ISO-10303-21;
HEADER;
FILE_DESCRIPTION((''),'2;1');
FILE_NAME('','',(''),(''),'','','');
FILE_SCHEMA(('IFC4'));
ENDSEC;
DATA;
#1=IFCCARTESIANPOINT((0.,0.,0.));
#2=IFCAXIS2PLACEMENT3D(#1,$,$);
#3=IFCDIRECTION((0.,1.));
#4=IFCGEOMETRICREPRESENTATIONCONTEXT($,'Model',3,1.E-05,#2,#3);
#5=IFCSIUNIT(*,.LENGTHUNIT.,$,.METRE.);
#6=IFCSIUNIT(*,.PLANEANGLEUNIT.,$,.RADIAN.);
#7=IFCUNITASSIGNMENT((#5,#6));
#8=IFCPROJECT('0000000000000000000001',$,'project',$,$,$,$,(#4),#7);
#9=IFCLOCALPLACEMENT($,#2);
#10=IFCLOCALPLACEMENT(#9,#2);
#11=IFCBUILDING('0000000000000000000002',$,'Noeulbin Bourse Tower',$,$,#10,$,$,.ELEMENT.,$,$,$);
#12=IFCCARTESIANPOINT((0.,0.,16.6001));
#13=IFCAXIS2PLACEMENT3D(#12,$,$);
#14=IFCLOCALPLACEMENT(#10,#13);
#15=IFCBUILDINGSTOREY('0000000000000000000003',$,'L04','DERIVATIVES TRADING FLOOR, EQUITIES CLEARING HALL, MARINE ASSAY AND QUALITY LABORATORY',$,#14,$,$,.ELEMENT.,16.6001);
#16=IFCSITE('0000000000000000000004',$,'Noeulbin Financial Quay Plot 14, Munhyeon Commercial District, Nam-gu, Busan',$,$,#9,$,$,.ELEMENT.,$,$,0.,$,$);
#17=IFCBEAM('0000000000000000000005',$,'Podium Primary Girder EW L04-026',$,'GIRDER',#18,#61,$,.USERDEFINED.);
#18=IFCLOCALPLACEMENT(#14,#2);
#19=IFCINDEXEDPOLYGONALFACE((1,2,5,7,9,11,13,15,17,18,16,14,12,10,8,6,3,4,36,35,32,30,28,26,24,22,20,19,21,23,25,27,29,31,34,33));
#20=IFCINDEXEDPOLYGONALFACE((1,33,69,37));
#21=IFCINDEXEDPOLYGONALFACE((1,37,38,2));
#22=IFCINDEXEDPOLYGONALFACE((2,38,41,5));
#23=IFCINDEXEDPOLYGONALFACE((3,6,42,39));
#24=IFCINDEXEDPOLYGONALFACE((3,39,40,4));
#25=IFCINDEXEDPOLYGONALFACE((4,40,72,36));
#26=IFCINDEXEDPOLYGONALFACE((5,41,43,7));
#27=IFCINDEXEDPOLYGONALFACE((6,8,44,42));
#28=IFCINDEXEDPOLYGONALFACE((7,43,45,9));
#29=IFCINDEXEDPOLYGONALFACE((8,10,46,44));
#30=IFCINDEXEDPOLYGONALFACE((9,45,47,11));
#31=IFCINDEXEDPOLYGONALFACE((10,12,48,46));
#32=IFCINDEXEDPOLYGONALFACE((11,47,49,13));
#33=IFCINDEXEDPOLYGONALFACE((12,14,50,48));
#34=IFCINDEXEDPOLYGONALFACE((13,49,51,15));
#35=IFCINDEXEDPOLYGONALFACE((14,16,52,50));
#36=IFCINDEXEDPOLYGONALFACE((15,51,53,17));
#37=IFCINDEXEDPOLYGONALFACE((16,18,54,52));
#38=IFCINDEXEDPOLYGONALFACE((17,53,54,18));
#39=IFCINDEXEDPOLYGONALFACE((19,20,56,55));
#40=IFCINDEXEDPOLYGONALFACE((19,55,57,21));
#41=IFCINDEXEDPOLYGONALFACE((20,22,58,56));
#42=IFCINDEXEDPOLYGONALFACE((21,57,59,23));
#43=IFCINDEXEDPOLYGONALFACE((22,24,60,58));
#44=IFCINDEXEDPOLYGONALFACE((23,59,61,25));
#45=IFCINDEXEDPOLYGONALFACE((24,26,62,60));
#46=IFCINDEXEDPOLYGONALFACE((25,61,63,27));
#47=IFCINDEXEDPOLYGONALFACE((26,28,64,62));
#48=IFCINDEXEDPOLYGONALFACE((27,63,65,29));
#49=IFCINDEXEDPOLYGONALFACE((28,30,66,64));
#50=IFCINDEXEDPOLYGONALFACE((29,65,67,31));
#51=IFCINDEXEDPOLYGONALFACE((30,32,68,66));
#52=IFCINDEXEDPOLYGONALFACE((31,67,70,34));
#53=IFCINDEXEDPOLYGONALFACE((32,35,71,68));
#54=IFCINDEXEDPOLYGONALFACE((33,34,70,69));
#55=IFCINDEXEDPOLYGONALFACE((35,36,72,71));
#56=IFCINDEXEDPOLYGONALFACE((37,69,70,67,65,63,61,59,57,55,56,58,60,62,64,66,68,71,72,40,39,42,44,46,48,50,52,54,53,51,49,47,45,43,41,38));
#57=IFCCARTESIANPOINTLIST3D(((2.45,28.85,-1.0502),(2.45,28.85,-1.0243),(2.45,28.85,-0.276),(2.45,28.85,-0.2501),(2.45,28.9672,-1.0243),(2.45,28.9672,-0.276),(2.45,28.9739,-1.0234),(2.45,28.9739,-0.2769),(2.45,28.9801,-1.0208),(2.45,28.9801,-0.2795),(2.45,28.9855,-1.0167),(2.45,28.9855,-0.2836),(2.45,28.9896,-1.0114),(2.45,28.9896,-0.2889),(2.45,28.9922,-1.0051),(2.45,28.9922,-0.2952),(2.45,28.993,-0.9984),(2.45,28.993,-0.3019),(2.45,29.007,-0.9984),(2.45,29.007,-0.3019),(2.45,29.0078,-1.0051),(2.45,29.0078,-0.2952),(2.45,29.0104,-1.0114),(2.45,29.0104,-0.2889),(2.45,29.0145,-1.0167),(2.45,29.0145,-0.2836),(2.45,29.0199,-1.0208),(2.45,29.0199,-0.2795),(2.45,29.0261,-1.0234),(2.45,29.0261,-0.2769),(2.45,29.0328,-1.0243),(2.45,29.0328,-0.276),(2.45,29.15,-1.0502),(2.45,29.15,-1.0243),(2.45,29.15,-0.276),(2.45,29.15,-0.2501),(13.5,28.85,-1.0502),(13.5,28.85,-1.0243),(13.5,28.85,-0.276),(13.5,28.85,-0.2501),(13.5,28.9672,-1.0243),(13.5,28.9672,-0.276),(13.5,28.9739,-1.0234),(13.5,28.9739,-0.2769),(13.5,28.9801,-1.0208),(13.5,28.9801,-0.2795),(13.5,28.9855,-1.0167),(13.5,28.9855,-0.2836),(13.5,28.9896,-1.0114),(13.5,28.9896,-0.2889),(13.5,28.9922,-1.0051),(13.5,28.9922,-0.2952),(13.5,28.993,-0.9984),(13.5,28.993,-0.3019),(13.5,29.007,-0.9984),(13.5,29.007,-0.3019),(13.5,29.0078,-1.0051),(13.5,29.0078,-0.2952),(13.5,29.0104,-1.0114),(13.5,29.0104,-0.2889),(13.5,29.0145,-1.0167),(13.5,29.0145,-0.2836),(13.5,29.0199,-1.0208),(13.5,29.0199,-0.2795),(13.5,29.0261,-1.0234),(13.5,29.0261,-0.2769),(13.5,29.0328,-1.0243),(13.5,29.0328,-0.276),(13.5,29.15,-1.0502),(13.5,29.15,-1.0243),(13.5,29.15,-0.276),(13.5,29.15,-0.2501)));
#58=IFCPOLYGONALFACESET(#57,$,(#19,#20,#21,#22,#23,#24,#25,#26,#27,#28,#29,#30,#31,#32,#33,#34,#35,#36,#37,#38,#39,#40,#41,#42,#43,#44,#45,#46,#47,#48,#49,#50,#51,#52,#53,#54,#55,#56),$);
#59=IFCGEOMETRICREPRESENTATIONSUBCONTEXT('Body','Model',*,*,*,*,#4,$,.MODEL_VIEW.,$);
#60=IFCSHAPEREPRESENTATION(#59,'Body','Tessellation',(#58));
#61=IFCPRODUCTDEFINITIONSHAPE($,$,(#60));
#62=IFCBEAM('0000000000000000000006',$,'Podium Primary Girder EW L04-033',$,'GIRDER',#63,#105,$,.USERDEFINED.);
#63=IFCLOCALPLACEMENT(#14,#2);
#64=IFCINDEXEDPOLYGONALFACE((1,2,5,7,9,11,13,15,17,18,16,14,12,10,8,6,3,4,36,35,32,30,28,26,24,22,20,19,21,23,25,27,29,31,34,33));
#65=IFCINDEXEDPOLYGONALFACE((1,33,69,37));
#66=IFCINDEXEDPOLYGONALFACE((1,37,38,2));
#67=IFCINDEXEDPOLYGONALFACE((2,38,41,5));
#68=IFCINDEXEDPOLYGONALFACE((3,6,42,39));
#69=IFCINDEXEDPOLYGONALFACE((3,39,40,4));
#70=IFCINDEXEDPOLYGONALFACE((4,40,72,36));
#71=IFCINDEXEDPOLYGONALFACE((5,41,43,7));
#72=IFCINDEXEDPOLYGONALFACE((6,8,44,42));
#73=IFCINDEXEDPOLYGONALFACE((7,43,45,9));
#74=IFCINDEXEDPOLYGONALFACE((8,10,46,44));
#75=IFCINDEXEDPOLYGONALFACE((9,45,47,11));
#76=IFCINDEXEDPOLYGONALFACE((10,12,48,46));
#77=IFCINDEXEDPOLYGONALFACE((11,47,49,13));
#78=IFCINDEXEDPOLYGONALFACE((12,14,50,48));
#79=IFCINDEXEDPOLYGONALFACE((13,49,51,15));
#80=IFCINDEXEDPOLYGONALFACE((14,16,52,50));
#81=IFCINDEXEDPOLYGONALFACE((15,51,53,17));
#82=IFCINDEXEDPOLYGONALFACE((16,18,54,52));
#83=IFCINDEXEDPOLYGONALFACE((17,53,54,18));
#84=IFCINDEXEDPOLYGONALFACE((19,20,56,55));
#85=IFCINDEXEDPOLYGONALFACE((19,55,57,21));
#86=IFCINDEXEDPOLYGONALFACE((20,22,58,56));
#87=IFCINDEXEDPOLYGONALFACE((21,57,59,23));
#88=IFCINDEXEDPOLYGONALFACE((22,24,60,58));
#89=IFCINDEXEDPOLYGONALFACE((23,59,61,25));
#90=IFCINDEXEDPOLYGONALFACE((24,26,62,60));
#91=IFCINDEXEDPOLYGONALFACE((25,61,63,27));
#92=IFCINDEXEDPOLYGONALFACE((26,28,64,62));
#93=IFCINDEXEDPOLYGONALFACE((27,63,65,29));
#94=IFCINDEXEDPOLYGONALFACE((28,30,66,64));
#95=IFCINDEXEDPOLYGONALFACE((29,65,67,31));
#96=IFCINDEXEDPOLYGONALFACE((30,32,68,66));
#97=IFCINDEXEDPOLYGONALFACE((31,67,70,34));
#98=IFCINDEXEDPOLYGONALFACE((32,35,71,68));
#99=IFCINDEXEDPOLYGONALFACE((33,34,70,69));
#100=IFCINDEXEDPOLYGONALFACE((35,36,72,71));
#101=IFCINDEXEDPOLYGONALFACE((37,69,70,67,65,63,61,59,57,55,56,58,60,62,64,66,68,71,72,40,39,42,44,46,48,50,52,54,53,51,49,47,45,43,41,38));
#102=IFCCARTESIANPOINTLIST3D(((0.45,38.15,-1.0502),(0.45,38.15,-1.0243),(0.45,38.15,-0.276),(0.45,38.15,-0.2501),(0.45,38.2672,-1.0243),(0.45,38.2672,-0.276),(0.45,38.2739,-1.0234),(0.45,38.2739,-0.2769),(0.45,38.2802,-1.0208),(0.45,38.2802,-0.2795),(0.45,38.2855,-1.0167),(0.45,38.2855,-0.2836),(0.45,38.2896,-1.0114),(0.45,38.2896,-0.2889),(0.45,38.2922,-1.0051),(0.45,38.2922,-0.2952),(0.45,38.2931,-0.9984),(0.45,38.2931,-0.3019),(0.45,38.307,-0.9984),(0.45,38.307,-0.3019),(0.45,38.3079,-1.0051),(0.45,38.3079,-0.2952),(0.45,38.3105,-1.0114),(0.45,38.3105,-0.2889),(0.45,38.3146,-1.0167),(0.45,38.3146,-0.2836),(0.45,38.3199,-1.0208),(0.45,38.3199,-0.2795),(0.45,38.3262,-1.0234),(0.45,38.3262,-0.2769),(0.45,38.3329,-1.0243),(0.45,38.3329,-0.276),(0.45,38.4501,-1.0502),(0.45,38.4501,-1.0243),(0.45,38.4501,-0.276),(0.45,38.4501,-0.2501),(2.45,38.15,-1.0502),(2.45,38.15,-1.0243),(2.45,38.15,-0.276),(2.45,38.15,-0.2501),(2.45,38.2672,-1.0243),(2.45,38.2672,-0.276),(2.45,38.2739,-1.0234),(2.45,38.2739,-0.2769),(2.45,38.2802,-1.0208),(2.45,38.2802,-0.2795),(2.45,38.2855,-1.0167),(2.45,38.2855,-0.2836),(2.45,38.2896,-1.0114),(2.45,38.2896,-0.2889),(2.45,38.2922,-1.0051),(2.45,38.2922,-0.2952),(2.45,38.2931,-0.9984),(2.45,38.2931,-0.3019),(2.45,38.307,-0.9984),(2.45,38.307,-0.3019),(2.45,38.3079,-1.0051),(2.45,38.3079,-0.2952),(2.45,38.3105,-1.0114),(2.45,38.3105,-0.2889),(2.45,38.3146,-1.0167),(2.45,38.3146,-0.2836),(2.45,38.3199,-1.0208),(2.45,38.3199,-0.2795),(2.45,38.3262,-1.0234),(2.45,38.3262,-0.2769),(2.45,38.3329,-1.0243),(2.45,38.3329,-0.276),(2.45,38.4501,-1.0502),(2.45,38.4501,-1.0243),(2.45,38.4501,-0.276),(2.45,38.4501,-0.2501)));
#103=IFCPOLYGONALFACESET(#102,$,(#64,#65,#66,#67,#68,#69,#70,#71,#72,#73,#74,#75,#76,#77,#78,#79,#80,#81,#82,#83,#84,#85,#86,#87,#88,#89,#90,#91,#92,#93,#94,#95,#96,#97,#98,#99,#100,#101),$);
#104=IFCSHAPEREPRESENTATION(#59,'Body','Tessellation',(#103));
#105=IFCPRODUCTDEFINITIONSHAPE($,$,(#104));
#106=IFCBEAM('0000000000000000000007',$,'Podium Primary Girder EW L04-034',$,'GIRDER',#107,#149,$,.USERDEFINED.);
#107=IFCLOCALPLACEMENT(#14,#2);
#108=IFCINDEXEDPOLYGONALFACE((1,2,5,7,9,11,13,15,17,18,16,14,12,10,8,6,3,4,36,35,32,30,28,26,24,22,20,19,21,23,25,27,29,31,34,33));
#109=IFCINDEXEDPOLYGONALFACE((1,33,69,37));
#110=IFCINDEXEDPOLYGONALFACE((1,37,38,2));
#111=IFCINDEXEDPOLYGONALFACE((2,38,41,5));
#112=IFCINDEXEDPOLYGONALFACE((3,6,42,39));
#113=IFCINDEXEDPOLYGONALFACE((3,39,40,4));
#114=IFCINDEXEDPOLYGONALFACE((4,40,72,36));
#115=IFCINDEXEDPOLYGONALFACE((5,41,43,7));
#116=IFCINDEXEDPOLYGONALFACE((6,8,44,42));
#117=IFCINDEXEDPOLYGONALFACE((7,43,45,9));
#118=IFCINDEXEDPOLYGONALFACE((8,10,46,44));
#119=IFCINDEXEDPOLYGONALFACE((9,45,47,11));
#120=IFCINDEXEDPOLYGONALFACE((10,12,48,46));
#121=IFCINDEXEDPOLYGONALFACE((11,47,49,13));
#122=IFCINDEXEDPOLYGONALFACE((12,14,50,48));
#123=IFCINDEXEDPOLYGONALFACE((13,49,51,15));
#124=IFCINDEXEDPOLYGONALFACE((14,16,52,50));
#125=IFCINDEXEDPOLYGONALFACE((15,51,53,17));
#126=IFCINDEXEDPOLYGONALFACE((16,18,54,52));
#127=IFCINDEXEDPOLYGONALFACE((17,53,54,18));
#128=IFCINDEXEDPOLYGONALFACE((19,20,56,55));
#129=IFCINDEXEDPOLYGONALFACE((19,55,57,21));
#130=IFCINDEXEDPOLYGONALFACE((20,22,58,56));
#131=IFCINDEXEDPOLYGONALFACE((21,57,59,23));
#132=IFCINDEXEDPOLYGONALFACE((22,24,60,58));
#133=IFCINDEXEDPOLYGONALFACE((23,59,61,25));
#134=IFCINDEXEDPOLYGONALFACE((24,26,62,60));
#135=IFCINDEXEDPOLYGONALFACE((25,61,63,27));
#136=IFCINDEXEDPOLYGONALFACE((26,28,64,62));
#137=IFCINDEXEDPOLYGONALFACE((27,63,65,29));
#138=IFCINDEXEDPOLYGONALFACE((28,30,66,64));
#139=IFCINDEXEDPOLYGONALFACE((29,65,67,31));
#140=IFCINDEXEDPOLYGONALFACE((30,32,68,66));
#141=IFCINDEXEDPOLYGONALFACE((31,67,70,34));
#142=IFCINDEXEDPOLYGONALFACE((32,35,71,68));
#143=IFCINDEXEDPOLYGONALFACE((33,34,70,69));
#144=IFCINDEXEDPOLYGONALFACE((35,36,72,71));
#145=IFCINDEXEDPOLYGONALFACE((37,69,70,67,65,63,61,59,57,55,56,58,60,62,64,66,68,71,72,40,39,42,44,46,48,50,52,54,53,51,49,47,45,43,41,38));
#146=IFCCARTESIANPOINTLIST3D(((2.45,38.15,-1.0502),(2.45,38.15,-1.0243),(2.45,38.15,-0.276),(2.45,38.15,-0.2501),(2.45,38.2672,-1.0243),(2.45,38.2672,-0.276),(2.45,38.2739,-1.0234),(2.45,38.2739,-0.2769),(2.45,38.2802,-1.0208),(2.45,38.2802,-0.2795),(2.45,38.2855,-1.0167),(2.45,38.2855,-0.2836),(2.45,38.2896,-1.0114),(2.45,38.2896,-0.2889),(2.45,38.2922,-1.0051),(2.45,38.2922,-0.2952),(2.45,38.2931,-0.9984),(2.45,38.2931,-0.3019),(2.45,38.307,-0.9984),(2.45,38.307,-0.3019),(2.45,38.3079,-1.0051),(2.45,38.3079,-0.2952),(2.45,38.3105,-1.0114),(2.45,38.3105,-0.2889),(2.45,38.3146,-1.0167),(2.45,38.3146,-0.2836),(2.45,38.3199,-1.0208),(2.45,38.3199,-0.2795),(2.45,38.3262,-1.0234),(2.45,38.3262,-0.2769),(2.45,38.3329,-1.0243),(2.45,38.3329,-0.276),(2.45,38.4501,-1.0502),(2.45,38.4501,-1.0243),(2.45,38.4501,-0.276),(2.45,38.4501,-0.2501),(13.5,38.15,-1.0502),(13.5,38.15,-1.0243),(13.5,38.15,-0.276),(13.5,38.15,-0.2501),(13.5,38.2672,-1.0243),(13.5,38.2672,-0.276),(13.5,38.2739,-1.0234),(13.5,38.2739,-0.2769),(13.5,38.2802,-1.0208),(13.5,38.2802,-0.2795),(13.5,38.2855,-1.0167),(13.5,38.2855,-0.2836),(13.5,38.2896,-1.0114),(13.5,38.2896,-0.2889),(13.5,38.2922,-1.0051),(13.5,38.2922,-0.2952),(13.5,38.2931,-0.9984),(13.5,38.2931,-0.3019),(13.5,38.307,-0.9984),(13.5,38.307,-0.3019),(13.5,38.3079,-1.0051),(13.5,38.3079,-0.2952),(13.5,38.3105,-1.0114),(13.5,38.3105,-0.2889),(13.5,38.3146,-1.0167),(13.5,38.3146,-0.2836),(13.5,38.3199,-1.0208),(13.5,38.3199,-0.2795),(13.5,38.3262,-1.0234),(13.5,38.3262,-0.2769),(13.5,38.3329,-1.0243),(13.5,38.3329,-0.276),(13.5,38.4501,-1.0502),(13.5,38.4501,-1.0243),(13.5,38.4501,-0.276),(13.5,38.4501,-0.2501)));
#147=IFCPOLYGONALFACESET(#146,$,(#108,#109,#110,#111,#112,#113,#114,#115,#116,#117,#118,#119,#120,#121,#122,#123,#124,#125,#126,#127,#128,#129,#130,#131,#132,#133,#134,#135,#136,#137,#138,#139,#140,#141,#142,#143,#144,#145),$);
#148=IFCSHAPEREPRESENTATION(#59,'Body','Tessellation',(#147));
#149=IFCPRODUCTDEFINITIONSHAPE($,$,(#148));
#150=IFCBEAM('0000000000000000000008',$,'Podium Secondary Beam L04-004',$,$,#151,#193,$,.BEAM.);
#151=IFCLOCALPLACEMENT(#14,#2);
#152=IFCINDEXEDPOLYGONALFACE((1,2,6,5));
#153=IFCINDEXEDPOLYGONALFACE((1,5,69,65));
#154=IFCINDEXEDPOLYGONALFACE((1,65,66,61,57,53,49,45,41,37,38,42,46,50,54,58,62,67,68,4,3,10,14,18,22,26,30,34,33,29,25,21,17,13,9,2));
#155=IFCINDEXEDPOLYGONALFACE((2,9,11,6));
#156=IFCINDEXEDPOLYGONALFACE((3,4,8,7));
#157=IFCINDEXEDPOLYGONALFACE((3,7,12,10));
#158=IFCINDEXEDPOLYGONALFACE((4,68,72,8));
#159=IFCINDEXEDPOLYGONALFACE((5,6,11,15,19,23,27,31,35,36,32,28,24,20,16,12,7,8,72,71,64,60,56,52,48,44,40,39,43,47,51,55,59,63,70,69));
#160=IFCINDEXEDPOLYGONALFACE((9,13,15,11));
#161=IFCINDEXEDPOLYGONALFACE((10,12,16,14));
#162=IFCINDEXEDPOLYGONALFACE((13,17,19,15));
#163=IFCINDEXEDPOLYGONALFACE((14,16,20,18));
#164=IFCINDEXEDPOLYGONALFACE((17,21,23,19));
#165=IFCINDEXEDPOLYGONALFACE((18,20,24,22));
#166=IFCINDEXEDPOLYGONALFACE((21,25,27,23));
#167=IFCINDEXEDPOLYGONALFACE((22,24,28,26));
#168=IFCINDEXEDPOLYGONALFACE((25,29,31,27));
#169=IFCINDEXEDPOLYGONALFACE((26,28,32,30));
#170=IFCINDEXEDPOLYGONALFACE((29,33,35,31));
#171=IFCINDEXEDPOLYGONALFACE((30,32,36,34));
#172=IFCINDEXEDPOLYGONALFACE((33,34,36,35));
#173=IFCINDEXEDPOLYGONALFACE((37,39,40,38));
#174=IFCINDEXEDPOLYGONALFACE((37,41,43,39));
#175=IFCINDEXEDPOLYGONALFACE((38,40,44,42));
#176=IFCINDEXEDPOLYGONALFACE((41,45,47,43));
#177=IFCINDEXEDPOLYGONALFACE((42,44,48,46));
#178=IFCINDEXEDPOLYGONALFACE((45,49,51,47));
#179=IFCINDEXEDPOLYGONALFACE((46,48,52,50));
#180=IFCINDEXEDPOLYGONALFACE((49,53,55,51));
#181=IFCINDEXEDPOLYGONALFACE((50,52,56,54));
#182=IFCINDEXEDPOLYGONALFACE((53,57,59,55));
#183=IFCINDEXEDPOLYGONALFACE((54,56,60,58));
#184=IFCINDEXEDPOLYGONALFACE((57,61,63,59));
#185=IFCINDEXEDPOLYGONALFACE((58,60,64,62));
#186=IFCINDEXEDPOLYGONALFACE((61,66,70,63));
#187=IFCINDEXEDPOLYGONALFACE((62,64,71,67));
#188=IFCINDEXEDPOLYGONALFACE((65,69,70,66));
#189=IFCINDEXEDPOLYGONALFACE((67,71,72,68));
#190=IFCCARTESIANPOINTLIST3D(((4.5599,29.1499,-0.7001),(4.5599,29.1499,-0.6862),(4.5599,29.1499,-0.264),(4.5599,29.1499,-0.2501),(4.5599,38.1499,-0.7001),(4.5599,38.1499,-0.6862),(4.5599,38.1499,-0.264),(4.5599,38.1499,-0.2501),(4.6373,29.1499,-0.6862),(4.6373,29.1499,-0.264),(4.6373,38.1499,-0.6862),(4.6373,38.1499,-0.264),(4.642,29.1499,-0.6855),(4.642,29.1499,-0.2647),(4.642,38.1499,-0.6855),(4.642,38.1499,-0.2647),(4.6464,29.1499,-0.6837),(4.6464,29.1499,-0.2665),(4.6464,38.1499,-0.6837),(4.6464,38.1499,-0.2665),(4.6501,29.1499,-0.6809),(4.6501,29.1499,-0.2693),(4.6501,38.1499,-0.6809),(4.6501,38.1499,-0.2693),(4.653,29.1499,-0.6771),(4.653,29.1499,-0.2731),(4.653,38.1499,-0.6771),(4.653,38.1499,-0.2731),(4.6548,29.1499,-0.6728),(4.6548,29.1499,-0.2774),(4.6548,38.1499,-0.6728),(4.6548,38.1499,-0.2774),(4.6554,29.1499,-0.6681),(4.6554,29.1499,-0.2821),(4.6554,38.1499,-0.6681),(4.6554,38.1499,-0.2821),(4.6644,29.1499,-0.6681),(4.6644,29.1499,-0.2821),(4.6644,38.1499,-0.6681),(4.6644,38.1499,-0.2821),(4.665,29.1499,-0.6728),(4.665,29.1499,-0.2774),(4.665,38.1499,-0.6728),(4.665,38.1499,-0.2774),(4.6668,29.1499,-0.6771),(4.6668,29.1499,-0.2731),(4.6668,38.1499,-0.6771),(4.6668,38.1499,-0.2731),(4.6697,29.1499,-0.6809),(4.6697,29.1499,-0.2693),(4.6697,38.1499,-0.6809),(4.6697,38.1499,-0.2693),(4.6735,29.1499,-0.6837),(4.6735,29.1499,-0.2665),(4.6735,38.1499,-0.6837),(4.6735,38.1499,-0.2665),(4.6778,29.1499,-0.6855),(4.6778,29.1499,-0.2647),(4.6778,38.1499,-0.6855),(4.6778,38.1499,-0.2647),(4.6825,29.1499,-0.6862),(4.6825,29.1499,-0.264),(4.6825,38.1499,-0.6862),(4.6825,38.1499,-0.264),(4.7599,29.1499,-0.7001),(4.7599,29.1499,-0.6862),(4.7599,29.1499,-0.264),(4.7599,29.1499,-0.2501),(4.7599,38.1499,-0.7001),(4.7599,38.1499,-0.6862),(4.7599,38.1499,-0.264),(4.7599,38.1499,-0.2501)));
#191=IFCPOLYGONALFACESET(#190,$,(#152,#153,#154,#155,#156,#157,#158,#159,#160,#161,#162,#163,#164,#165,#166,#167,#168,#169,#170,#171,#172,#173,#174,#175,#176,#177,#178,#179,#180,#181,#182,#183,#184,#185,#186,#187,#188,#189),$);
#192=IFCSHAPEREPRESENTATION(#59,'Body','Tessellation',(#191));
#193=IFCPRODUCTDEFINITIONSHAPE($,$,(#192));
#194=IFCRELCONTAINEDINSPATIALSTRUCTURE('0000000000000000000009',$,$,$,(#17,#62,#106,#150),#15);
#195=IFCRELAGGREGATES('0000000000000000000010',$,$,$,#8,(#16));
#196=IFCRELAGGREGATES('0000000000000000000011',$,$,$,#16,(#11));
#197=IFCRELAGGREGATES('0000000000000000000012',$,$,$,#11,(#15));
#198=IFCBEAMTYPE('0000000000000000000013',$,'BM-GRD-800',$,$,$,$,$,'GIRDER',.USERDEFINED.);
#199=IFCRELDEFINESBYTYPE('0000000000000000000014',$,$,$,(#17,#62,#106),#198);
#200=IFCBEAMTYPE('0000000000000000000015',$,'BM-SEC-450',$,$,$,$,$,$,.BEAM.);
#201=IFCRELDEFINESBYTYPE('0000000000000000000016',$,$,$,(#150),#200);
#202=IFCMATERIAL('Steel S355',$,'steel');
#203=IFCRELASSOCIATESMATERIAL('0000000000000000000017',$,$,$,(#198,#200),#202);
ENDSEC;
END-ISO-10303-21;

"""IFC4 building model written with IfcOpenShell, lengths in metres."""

from ifc_helpers import new_model, si_unit, direction, frame, origin, origin_2d, place, context, subcontext, project, spatial, i_section, extrude, material, material_profile, profile_set, type_object, element, save


model = new_model("IFC4")

# Units and contexts
model_context = context("Model", 3, precision=1e-05, world=origin(), true_north=direction((0.0, 1.0)))
body_context = subcontext(model_context, "Body", "Model", "MODEL_VIEW")
ifc_project = project(units=[si_unit("LENGTHUNIT", "METRE"), si_unit("PLANEANGLEUNIT", "RADIAN")], contexts=[model_context])

# Site, building, storey
site_placement = place(None, origin())
site = spatial("IfcSite", under=ifc_project, at=site_placement, Name="Noeulbin Financial Quay Plot 14, Munhyeon Commercial District, Nam-gu, Busan", CompositionType="ELEMENT", RefElevation=0.0)
building_placement = place(site_placement, origin())
building = spatial("IfcBuilding", under=site, at=building_placement, Name="Noeulbin Bourse Tower", CompositionType="ELEMENT")
storey_placement = place(building_placement, frame((0.0, 0.0, 16.6001)))
storey = spatial("IfcBuildingStorey", under=building, at=storey_placement, Name="L04", Description="DERIVATIVES TRADING FLOOR, EQUITIES CLEARING HALL, MARINE ASSAY AND QUALITY LABORATORY", CompositionType="ELEMENT", Elevation=16.6001)

# Beams
ifc_material_1 = material(Name="Steel S355", Category="steel")
ifc_material_profile_1 = material_profile(ifc_material_1, i_section(OverallWidth=0.3, OverallDepth=0.8, WebThickness=0.0139, FlangeThickness=0.0259, FilletRadius=0.0259, at=origin_2d()), Name="H-800x300x14x26", Category="LoadBearing")
ifc_profile_set_1 = profile_set([ifc_material_profile_1], Name="Steel S355")
beam_type_1 = type_object("IfcBeamType", Name="BM-GRD-800", ElementType="GIRDER", PredefinedType="USERDEFINED", material=ifc_profile_set_1)
beam_1_placement = place(storey_placement, frame((2.45, 29.0, -0.6501), z_axis=(1.0, 0.0, 0.0), x_axis=(0.0, 1.0, 0.0)))
element("IfcBeam", 1, at=beam_1_placement, inside=storey, type_object=beam_type_1, Name="Podium Primary Girder EW L04-026", ObjectType="GIRDER", PredefinedType="USERDEFINED", context=body_context, shape_type="SweptSolid", body=[
    extrude(i_section(OverallWidth=0.3, OverallDepth=0.8, WebThickness=0.0139, FlangeThickness=0.0259, FilletRadius=0.0259, at=origin_2d()), origin(), (0.0, 0.0, 1.0), 11.05),
])
beam_2_placement = place(storey_placement, frame((0.45, 38.3, -0.6501), z_axis=(1.0, 0.0, 0.0), x_axis=(0.0, 1.0, 0.0)))
element("IfcBeam", 2, at=beam_2_placement, inside=storey, type_object=beam_type_1, Name="Podium Primary Girder EW L04-033", ObjectType="GIRDER", PredefinedType="USERDEFINED", context=body_context, shape_type="SweptSolid", body=[
    extrude(i_section(OverallWidth=0.3, OverallDepth=0.8, WebThickness=0.0139, FlangeThickness=0.0259, FilletRadius=0.0259, at=origin_2d()), origin(), (0.0, 0.0, 1.0), 2.0),
])
beam_3_placement = place(storey_placement, frame((2.45, 38.3, -0.6501), z_axis=(1.0, 0.0, 0.0), x_axis=(0.0, 1.0, 0.0)))
element("IfcBeam", 3, at=beam_3_placement, inside=storey, type_object=beam_type_1, Name="Podium Primary Girder EW L04-034", ObjectType="GIRDER", PredefinedType="USERDEFINED", context=body_context, shape_type="SweptSolid", body=[
    extrude(i_section(OverallWidth=0.3, OverallDepth=0.8, WebThickness=0.0139, FlangeThickness=0.0259, FilletRadius=0.0259, at=origin_2d()), origin(), (0.0, 0.0, 1.0), 11.05),
])
ifc_material_profile_2 = material_profile(ifc_material_1, i_section(OverallWidth=0.2, OverallDepth=0.45, WebThickness=0.009, FlangeThickness=0.0139, FilletRadius=0.0181, at=origin_2d()), Name="H-450x200x9x14", Category="LoadBearing")
ifc_profile_set_2 = profile_set([ifc_material_profile_2], Name="Steel S355")
beam_type_2 = type_object("IfcBeamType", Name="BM-SEC-450", PredefinedType="BEAM", material=ifc_profile_set_2)
for number, where, z_axis, x_axis, name in (
    (4, (4.6599, 29.1499, -0.4751), (0.0, 1.0, 0.0), (-1.0, 0.0, 0.0), "Podium Secondary Beam L04-004"),
):
    element("IfcBeam", number, at=place(storey_placement, frame(where, z_axis=z_axis, x_axis=x_axis)), inside=storey, type_object=beam_type_2, Name=name, PredefinedType="BEAM", context=body_context, shape_type="SweptSolid", body=[
        extrude(i_section(OverallWidth=0.2, OverallDepth=0.45, WebThickness=0.009, FlangeThickness=0.0139, FilletRadius=0.0181, at=origin_2d()), origin(), (0.0, 0.0, 1.0), 9.0),
    ])

save(model, "model.ifc")
